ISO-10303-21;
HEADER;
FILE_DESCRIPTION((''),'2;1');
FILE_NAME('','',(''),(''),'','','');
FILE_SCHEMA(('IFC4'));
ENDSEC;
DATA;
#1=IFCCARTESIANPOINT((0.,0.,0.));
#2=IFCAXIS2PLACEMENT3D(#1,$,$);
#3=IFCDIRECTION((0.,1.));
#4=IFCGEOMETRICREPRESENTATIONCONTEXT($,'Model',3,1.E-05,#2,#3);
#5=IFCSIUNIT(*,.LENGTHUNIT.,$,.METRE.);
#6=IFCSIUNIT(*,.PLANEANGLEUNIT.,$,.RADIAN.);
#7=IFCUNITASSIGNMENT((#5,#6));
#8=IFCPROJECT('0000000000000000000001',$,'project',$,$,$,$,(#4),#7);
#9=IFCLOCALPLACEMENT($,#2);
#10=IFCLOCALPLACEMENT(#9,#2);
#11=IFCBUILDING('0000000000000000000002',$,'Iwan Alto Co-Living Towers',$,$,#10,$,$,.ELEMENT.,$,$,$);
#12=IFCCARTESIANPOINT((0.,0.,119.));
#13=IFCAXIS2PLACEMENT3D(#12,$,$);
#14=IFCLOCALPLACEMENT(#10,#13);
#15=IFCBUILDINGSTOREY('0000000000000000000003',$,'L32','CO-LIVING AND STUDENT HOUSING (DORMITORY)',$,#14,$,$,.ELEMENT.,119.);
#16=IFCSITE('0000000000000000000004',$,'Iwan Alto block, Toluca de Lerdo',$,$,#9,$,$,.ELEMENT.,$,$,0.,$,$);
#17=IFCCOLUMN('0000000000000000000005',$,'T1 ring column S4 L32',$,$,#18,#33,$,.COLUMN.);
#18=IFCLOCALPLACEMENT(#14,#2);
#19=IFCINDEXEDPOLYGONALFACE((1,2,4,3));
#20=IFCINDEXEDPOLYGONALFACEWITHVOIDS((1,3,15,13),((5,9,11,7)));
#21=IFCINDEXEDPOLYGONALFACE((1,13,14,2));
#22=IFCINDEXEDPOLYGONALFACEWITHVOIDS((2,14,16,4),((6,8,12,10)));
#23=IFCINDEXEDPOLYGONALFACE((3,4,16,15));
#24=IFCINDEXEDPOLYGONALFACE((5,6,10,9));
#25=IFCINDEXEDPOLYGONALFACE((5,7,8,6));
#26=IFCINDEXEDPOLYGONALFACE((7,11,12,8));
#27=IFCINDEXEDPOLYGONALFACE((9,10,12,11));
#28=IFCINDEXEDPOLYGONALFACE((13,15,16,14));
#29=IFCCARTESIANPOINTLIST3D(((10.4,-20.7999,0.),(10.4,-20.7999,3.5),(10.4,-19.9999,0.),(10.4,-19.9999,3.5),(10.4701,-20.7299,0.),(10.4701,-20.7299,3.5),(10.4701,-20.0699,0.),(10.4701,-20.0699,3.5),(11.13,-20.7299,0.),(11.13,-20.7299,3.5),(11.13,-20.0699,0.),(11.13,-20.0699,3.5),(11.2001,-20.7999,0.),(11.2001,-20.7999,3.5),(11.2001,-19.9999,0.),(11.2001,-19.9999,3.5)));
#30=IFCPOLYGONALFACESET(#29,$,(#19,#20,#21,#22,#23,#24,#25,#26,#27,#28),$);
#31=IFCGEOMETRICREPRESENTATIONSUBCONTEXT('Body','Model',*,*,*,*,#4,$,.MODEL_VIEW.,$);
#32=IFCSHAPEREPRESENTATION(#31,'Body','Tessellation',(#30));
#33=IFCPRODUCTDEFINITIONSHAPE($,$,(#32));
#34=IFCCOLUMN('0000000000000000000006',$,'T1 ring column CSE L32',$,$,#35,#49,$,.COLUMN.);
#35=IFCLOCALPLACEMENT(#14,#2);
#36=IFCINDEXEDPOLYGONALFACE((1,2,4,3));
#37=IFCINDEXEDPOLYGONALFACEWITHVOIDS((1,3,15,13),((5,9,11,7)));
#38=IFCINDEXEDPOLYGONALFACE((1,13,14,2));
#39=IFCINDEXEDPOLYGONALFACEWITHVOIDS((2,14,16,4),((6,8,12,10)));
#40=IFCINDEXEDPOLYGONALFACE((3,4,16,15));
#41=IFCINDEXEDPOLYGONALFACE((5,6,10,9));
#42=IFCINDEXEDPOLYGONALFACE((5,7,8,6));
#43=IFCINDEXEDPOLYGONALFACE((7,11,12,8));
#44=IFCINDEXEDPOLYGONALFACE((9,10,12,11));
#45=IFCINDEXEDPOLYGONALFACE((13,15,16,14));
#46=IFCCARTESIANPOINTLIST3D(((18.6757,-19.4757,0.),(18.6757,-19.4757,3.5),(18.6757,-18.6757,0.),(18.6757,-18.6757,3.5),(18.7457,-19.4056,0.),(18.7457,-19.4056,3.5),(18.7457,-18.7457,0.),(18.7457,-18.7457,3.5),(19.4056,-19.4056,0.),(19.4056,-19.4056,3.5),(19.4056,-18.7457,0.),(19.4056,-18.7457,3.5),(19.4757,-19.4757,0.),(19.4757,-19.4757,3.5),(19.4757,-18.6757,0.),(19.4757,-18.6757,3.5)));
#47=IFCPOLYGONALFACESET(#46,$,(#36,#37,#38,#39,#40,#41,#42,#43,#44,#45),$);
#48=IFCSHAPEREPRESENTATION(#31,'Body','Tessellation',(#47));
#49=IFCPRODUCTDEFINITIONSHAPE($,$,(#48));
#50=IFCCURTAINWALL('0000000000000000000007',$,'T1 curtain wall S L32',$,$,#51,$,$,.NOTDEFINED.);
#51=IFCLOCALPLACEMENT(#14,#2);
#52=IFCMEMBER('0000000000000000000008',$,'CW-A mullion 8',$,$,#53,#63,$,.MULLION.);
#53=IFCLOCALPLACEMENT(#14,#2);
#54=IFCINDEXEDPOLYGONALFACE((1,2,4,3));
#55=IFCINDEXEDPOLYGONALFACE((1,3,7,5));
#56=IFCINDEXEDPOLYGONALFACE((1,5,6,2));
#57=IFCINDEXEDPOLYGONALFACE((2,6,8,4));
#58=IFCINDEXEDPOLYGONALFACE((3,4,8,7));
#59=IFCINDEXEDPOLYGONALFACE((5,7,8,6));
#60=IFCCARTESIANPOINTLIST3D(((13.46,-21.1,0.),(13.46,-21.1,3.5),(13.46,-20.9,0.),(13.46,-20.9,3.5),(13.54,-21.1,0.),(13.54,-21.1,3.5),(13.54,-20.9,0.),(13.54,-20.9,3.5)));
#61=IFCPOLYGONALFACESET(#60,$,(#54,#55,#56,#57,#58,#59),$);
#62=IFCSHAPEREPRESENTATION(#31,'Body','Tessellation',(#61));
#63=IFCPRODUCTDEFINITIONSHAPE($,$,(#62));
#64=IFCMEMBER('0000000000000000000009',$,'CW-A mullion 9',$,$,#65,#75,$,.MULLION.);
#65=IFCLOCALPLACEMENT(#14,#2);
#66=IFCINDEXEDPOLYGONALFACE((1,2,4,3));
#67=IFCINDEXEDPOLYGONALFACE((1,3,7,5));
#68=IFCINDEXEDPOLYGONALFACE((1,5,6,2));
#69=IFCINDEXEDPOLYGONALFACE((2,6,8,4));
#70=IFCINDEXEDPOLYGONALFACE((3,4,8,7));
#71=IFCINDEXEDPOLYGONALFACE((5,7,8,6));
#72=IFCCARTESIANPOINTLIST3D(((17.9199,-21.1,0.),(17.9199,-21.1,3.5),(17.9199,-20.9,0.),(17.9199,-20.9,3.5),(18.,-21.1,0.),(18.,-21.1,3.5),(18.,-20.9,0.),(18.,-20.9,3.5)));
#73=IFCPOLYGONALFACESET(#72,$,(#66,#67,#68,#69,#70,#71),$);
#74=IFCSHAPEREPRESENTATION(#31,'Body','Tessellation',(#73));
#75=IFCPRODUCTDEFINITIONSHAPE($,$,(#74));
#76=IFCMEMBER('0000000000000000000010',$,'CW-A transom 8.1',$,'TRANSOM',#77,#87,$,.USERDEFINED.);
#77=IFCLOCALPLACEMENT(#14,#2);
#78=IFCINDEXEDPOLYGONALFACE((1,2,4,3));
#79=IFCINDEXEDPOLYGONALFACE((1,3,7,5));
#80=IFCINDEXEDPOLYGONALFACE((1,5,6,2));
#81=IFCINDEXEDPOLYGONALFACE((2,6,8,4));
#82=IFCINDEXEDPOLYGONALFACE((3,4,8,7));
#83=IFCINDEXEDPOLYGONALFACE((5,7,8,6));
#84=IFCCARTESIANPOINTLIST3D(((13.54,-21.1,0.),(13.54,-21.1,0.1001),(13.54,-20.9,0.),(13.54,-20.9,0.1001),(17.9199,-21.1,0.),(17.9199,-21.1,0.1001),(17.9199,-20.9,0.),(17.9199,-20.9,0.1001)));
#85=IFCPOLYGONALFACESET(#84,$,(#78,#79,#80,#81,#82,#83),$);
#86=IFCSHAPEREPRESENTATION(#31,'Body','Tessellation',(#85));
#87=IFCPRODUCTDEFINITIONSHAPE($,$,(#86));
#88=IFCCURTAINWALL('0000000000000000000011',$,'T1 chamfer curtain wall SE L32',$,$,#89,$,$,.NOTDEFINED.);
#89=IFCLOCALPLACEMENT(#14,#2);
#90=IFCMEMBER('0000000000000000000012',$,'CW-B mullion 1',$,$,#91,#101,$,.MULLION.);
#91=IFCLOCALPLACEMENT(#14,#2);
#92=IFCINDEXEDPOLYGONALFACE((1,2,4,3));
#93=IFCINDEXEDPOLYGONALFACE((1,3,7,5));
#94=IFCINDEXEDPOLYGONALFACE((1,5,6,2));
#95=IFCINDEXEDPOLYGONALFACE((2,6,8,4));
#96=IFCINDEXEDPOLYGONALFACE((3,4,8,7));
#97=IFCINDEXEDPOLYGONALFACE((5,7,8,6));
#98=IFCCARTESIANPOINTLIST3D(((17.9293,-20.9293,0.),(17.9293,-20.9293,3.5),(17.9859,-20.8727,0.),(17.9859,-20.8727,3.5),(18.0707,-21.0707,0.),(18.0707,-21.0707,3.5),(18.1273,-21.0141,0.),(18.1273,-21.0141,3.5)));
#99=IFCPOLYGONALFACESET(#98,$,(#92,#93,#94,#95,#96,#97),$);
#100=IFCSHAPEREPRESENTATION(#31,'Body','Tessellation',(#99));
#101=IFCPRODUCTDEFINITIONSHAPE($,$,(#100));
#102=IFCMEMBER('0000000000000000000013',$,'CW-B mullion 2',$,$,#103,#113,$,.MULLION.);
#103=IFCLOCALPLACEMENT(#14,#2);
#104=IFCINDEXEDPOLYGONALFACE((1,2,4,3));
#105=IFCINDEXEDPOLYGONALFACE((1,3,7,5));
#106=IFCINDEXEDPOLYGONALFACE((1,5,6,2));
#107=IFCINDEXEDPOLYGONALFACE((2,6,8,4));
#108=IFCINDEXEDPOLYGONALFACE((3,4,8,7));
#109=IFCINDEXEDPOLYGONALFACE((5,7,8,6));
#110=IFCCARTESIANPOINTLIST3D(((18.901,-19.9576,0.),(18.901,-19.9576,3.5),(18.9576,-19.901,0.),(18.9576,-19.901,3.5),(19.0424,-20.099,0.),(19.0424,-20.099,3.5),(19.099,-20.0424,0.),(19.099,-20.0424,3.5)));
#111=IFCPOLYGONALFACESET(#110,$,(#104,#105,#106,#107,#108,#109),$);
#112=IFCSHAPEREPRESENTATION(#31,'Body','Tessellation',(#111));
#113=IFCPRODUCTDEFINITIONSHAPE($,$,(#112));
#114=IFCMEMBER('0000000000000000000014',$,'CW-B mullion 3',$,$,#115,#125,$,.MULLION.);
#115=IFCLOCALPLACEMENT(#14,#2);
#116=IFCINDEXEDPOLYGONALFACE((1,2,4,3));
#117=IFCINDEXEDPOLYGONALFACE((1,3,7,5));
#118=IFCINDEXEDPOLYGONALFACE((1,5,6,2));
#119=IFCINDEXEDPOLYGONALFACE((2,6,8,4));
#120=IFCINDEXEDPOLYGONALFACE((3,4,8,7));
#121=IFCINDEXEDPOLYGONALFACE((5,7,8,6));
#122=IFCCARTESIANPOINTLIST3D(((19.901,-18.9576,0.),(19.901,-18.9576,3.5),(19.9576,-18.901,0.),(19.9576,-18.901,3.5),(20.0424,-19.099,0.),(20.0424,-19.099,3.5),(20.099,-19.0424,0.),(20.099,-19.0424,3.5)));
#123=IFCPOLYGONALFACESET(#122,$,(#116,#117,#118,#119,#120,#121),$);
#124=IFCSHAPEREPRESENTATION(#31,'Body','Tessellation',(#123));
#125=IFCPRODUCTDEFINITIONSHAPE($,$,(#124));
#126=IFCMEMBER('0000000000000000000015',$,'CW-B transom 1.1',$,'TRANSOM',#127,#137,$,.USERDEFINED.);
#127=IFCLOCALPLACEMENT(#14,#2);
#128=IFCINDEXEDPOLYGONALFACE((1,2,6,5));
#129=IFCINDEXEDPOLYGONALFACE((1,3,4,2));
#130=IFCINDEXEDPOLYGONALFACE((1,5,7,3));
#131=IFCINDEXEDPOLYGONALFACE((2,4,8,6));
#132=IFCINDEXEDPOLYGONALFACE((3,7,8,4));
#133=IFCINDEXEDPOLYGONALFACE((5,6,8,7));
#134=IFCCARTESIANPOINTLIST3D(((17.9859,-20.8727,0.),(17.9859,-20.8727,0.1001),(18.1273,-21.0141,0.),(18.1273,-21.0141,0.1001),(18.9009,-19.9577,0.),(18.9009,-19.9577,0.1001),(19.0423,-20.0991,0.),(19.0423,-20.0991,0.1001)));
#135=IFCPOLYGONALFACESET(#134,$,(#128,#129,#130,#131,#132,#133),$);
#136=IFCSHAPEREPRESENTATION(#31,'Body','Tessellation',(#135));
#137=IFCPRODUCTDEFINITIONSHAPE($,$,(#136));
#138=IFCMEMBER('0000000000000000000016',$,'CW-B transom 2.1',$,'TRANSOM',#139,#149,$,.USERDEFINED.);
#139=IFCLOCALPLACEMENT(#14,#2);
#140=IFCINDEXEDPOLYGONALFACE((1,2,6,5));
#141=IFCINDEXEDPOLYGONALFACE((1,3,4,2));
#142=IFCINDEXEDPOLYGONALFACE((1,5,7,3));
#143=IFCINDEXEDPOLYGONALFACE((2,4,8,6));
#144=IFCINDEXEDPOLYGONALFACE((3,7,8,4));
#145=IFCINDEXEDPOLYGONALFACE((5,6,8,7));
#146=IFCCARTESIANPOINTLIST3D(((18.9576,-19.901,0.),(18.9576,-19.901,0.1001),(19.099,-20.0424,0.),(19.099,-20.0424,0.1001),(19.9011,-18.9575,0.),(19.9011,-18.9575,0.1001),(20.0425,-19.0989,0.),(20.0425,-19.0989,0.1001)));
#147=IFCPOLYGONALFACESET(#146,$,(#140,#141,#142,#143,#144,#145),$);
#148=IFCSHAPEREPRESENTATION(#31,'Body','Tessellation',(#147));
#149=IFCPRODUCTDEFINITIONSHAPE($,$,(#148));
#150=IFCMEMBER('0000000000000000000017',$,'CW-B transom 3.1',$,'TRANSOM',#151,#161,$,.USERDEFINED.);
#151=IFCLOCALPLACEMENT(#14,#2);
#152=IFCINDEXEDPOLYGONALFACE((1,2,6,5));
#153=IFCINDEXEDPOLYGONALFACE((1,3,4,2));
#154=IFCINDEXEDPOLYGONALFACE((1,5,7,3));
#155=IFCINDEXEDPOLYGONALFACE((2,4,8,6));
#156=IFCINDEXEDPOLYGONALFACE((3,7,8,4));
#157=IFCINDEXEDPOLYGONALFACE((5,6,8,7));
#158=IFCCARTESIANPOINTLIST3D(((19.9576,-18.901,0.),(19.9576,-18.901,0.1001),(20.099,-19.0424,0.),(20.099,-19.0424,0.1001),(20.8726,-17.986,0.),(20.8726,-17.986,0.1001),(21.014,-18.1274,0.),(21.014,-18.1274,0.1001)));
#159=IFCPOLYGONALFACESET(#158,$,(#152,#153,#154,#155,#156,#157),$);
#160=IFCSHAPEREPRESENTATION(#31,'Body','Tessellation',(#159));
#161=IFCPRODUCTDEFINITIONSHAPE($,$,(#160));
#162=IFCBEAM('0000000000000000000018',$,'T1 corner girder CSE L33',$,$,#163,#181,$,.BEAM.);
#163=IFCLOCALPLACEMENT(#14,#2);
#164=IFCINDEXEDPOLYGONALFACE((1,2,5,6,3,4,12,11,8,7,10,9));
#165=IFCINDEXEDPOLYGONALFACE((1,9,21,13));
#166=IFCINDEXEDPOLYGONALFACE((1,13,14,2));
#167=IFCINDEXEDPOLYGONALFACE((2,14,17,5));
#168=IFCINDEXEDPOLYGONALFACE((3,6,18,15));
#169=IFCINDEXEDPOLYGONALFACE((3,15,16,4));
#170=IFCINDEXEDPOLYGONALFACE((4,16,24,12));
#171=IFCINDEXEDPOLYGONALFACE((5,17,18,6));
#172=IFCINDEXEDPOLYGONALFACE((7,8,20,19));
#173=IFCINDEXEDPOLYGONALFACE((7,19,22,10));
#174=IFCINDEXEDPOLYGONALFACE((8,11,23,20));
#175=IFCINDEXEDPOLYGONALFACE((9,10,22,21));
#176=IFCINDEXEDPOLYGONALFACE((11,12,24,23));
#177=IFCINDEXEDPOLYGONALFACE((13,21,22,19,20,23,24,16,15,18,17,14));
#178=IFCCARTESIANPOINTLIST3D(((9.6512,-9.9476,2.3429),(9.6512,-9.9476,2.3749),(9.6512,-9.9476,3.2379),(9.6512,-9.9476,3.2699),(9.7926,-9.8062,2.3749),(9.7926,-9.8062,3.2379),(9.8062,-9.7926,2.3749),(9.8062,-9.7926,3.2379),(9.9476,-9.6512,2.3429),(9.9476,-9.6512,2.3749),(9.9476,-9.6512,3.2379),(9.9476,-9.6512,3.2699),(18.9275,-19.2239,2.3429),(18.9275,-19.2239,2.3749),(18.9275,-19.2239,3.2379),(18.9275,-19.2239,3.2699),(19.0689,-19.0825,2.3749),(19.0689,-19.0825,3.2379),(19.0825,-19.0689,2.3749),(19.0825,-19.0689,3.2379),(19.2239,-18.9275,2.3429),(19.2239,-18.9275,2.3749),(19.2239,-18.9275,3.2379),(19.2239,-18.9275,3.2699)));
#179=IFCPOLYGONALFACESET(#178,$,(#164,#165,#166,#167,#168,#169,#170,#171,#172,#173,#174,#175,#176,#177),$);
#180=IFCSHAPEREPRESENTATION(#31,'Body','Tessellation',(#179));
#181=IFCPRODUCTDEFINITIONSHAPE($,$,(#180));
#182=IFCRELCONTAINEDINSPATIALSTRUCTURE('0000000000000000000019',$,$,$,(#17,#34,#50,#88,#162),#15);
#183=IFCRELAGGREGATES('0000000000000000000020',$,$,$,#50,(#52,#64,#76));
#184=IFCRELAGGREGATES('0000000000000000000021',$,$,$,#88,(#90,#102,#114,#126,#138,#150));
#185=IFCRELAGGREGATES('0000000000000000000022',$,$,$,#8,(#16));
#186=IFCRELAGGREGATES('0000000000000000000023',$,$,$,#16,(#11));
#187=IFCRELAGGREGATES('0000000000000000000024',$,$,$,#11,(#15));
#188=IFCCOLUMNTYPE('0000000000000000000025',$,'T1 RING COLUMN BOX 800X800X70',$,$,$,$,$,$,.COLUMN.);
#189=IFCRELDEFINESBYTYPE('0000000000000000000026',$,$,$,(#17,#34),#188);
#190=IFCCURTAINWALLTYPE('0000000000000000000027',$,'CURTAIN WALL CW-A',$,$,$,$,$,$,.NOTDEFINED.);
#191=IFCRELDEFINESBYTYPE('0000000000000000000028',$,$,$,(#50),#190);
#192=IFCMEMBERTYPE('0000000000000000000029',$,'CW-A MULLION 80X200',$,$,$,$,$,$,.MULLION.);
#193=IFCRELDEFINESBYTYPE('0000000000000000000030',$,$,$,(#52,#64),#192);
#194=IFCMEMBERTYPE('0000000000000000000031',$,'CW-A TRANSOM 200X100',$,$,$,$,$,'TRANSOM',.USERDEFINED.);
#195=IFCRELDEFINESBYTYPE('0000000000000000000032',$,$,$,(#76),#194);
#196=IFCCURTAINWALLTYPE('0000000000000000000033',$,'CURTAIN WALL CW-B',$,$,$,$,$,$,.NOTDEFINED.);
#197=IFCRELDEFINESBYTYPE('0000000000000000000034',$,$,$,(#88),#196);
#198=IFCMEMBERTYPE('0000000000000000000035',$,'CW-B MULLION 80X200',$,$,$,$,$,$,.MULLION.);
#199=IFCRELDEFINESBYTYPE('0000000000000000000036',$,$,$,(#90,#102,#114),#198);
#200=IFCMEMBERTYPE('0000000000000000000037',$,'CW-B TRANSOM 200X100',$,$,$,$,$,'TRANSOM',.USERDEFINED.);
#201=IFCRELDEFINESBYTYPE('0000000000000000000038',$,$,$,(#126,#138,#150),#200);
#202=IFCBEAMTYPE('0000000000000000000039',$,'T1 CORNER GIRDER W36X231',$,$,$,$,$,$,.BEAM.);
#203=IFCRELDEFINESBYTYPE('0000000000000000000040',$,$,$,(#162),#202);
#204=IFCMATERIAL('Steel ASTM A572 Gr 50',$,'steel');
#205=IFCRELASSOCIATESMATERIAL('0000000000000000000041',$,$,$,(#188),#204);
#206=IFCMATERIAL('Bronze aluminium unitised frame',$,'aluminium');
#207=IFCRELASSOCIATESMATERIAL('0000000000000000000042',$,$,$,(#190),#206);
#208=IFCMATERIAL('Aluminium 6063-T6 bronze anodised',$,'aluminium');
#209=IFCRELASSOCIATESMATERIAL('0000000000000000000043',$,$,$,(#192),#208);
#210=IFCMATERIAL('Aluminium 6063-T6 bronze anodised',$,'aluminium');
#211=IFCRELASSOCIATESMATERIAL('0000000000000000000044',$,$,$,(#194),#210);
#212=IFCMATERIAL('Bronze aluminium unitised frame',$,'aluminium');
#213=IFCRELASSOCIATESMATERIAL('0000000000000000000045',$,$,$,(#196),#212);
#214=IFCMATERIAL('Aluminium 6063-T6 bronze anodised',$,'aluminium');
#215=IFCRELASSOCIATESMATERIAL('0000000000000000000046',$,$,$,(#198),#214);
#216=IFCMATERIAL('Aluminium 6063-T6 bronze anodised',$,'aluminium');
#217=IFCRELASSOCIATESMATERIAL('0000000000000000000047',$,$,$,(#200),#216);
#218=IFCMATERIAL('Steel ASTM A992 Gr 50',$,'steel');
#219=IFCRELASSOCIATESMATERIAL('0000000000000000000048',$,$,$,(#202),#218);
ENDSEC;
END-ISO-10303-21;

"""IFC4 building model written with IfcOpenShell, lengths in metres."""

from ifc_helpers import new_model, si_unit, direction, frame, origin, origin_2d, place, context, subcontext, project, spatial, rectangle, hollow_rectangle, i_section, extrude, material, material_profile, profile_set, type_object, element, aggregate, save


model = new_model("IFC4")

# Units and contexts
model_context = context("Model", 3, precision=1e-05, world=origin(), true_north=direction((0.0, 1.0)))
body_context = subcontext(model_context, "Body", "Model", "MODEL_VIEW")
ifc_project = project(units=[si_unit("LENGTHUNIT", "METRE"), si_unit("PLANEANGLEUNIT", "RADIAN")], contexts=[model_context])

# Site, building, storey
site_placement = place(None, origin())
site = spatial("IfcSite", under=ifc_project, at=site_placement, Name="Iwan Alto block, Toluca de Lerdo", CompositionType="ELEMENT", RefElevation=0.0)
building_placement = place(site_placement, origin())
building = spatial("IfcBuilding", under=site, at=building_placement, Name="Iwan Alto Co-Living Towers", CompositionType="ELEMENT")
storey_placement = place(building_placement, frame((0.0, 0.0, 119.0)))
storey = spatial("IfcBuildingStorey", under=building, at=storey_placement, Name="L32", Description="CO-LIVING AND STUDENT HOUSING (DORMITORY)", CompositionType="ELEMENT", Elevation=119.0)

# Columns
ifc_material_1 = material(Name="Steel ASTM A572 Gr 50", Category="steel")
ifc_material_profile_1 = material_profile(ifc_material_1, hollow_rectangle(XDim=0.8, YDim=0.8, WallThickness=0.0701, at=origin_2d()), Name="BOX 800X800X70")
ifc_profile_set_1 = profile_set([ifc_material_profile_1], Name="Steel ASTM A572 Gr 50")
column_type = type_object("IfcColumnType", Name="T1 RING COLUMN BOX 800X800X70", PredefinedType="COLUMN", material=ifc_profile_set_1)
for number, where, z_axis, x_axis, name in (
    (1, (10.8, -20.3999, 0.0), (0.0, 0.0, 1.0), (1.0, 0.0, 0.0), "T1 ring column S4 L32"),
    (2, (19.0757, -19.0757, 0.0), (0.0, 0.0, 1.0), (1.0, 0.0, 0.0), "T1 ring column CSE L32"),
):
    element("IfcColumn", number, at=place(storey_placement, frame(where, z_axis=z_axis, x_axis=x_axis)), inside=storey, type_object=column_type, Name=name, PredefinedType="COLUMN", context=body_context, shape_type="SweptSolid", body=[
        extrude(hollow_rectangle(XDim=0.8, YDim=0.8, WallThickness=0.0701, at=origin_2d()), origin(), (0.0, 0.0, 1.0), 3.5),
    ])

# Curtain walls, members
ifc_material_2 = material(Name="Bronze aluminium unitised frame", Category="aluminium")
curtain_wall_type_1 = type_object("IfcCurtainWallType", Name="CURTAIN WALL CW-A", PredefinedType="NOTDEFINED", material=ifc_material_2)
curtain_wall_1_placement = place(storey_placement, origin())
curtain_wall_1 = element("IfcCurtainWall", 3, at=curtain_wall_1_placement, inside=storey, type_object=curtain_wall_type_1, Name="T1 curtain wall S L32", PredefinedType="NOTDEFINED")
ifc_material_3 = material(Name="Aluminium 6063-T6 bronze anodised", Category="aluminium")
ifc_material_profile_2 = material_profile(ifc_material_3, rectangle(XDim=0.2, YDim=0.0801, at=origin_2d()), Name="AL 80X200")
ifc_profile_set_2 = profile_set([ifc_material_profile_2], Name="Aluminium 6063-T6 bronze anodised")
member_type_1 = type_object("IfcMemberType", Name="CW-A MULLION 80X200", PredefinedType="MULLION", material=ifc_profile_set_2)
member_1_placement = place(storey_placement, frame((13.5, -21.0, 0.0), z_axis=(0.0, 0.0, 1.0), x_axis=(0.0, 1.0, 0.0)))
member_1 = element("IfcMember", 4, at=member_1_placement, type_object=member_type_1, Name="CW-A mullion 8", PredefinedType="MULLION", context=body_context, shape_type="SweptSolid", body=[
    extrude(rectangle(XDim=0.2, YDim=0.0801, at=origin_2d()), origin(), (0.0, 0.0, 1.0), 3.5),
])
member_2_placement = place(storey_placement, frame((17.96, -21.0, 0.0), z_axis=(0.0, 0.0, 1.0), x_axis=(0.0, 1.0, 0.0)))
member_2 = element("IfcMember", 5, at=member_2_placement, type_object=member_type_1, Name="CW-A mullion 9", PredefinedType="MULLION", context=body_context, shape_type="SweptSolid", body=[
    extrude(rectangle(XDim=0.2, YDim=0.0801, at=origin_2d()), origin(), (0.0, 0.0, 1.0), 3.5),
])
ifc_material_4 = material(Name="Aluminium 6063-T6 bronze anodised", Category="aluminium")
ifc_material_profile_3 = material_profile(ifc_material_4, rectangle(XDim=0.2, YDim=0.1001, at=origin_2d()), Name="AL 200X100")
ifc_profile_set_3 = profile_set([ifc_material_profile_3], Name="Aluminium 6063-T6 bronze anodised")
member_type_2 = type_object("IfcMemberType", Name="CW-A TRANSOM 200X100", ElementType="TRANSOM", PredefinedType="USERDEFINED", material=ifc_profile_set_3)
member_3_placement = place(storey_placement, frame((13.54, -21.0, 0.05), z_axis=(1.0, 0.0, 0.0), x_axis=(0.0, 1.0, 0.0)))
member_3 = element("IfcMember", 6, at=member_3_placement, type_object=member_type_2, Name="CW-A transom 8.1", ObjectType="TRANSOM", PredefinedType="USERDEFINED", context=body_context, shape_type="SweptSolid", body=[
    extrude(rectangle(XDim=0.2, YDim=0.1001, at=origin_2d()), origin(), (0.0, 0.0, 1.0), 4.3799),
])
ifc_material_5 = material(Name="Bronze aluminium unitised frame", Category="aluminium")
curtain_wall_type_2 = type_object("IfcCurtainWallType", Name="CURTAIN WALL CW-B", PredefinedType="NOTDEFINED", material=ifc_material_5)
curtain_wall_2_placement = place(storey_placement, origin())
curtain_wall_2 = element("IfcCurtainWall", 7, at=curtain_wall_2_placement, inside=storey, type_object=curtain_wall_type_2, Name="T1 chamfer curtain wall SE L32", PredefinedType="NOTDEFINED")
ifc_material_6 = material(Name="Aluminium 6063-T6 bronze anodised", Category="aluminium")
ifc_material_profile_4 = material_profile(ifc_material_6, rectangle(XDim=0.2, YDim=0.0801, at=origin_2d()), Name="AL 80X200")
ifc_profile_set_4 = profile_set([ifc_material_profile_4], Name="Aluminium 6063-T6 bronze anodised")
member_type_3 = type_object("IfcMemberType", Name="CW-B MULLION 80X200", PredefinedType="MULLION", material=ifc_profile_set_4)
member_4_placement = place(storey_placement, frame((18.0283, -20.9717, 0.0), z_axis=(0.0, 0.0, 1.0), x_axis=(-0.707107, 0.707107, 0.0)))
member_4 = element("IfcMember", 8, at=member_4_placement, type_object=member_type_3, Name="CW-B mullion 1", PredefinedType="MULLION", context=body_context, shape_type="SweptSolid", body=[
    extrude(rectangle(XDim=0.2, YDim=0.0801, at=origin_2d()), origin(), (0.0, 0.0, 1.0), 3.5),
])
member_5_placement = place(storey_placement, frame((19.0, -20.0, 0.0), z_axis=(0.0, 0.0, 1.0), x_axis=(-0.707107, 0.707107, 0.0)))
member_5 = element("IfcMember", 9, at=member_5_placement, type_object=member_type_3, Name="CW-B mullion 2", PredefinedType="MULLION", context=body_context, shape_type="SweptSolid", body=[
    extrude(rectangle(XDim=0.2, YDim=0.0801, at=origin_2d()), origin(), (0.0, 0.0, 1.0), 3.5),
])
member_6_placement = place(storey_placement, frame((20.0, -19.0, 0.0), z_axis=(0.0, 0.0, 1.0), x_axis=(-0.707107, 0.707107, 0.0)))
member_6 = element("IfcMember", 10, at=member_6_placement, type_object=member_type_3, Name="CW-B mullion 3", PredefinedType="MULLION", context=body_context, shape_type="SweptSolid", body=[
    extrude(rectangle(XDim=0.2, YDim=0.0801, at=origin_2d()), origin(), (0.0, 0.0, 1.0), 3.5),
])
ifc_material_7 = material(Name="Aluminium 6063-T6 bronze anodised", Category="aluminium")
ifc_material_profile_5 = material_profile(ifc_material_7, rectangle(XDim=0.2, YDim=0.1001, at=origin_2d()), Name="AL 200X100")
ifc_profile_set_5 = profile_set([ifc_material_profile_5], Name="Aluminium 6063-T6 bronze anodised")
member_type_4 = type_object("IfcMemberType", Name="CW-B TRANSOM 200X100", ElementType="TRANSOM", PredefinedType="USERDEFINED", material=ifc_profile_set_5)
member_7_placement = place(storey_placement, frame((18.0566, -20.9434, 0.05), z_axis=(0.707107, 0.707107, 0.0), x_axis=(-0.707107, 0.707107, 0.0)))
member_7 = element("IfcMember", 11, at=member_7_placement, type_object=member_type_4, Name="CW-B transom 1.1", ObjectType="TRANSOM", PredefinedType="USERDEFINED", context=body_context, shape_type="SweptSolid", body=[
    extrude(rectangle(XDim=0.2, YDim=0.1001, at=origin_2d()), origin(), (0.0, 0.0, 1.0), 1.2939),
])
member_8_placement = place(storey_placement, frame((19.0283, -19.9717, 0.05), z_axis=(0.707107, 0.707107, 0.0), x_axis=(-0.707107, 0.707107, 0.0)))
member_8 = element("IfcMember", 12, at=member_8_placement, type_object=member_type_4, Name="CW-B transom 2.1", ObjectType="TRANSOM", PredefinedType="USERDEFINED", context=body_context, shape_type="SweptSolid", body=[
    extrude(rectangle(XDim=0.2, YDim=0.1001, at=origin_2d()), origin(), (0.0, 0.0, 1.0), 1.3342),
])
member_9_placement = place(storey_placement, frame((20.0283, -18.9717, 0.05), z_axis=(0.707107, 0.707107, 0.0), x_axis=(-0.707107, 0.707107, 0.0)))
member_9 = element("IfcMember", 13, at=member_9_placement, type_object=member_type_4, Name="CW-B transom 3.1", ObjectType="TRANSOM", PredefinedType="USERDEFINED", context=body_context, shape_type="SweptSolid", body=[
    extrude(rectangle(XDim=0.2, YDim=0.1001, at=origin_2d()), origin(), (0.0, 0.0, 1.0), 1.2939),
])

# Beam
ifc_material_8 = material(Name="Steel ASTM A992 Gr 50", Category="steel")
ifc_material_profile_6 = material_profile(ifc_material_8, i_section(OverallWidth=0.4192, OverallDepth=0.927, WebThickness=0.0193, FlangeThickness=0.032, at=origin_2d()), Name="W36X231")
ifc_profile_set_6 = profile_set([ifc_material_profile_6], Name="Steel ASTM A992 Gr 50")
beam_type_1 = type_object("IfcBeamType", Name="T1 CORNER GIRDER W36X231", PredefinedType="BEAM", material=ifc_profile_set_6)
beam_1_placement = place(storey_placement, frame((19.0757, -19.0757, 2.8064), z_axis=(-0.707107, 0.707107, 0.0), x_axis=(-0.707107, -0.707107, 0.0)))
element("IfcBeam", 14, at=beam_1_placement, inside=storey, type_object=beam_type_1, Name="T1 corner girder CSE L33", PredefinedType="BEAM", context=body_context, shape_type="SweptSolid", body=[
    extrude(i_section(OverallWidth=0.4192, OverallDepth=0.927, WebThickness=0.0193, FlangeThickness=0.032, at=origin_2d()), origin(), (0.0, 0.0, 1.0), 13.1187),
])

aggregate(curtain_wall_1, [member_1, member_2, member_3])
aggregate(curtain_wall_2, [member_4, member_5, member_6, member_7, member_8, member_9])

save(model, "model.ifc")
